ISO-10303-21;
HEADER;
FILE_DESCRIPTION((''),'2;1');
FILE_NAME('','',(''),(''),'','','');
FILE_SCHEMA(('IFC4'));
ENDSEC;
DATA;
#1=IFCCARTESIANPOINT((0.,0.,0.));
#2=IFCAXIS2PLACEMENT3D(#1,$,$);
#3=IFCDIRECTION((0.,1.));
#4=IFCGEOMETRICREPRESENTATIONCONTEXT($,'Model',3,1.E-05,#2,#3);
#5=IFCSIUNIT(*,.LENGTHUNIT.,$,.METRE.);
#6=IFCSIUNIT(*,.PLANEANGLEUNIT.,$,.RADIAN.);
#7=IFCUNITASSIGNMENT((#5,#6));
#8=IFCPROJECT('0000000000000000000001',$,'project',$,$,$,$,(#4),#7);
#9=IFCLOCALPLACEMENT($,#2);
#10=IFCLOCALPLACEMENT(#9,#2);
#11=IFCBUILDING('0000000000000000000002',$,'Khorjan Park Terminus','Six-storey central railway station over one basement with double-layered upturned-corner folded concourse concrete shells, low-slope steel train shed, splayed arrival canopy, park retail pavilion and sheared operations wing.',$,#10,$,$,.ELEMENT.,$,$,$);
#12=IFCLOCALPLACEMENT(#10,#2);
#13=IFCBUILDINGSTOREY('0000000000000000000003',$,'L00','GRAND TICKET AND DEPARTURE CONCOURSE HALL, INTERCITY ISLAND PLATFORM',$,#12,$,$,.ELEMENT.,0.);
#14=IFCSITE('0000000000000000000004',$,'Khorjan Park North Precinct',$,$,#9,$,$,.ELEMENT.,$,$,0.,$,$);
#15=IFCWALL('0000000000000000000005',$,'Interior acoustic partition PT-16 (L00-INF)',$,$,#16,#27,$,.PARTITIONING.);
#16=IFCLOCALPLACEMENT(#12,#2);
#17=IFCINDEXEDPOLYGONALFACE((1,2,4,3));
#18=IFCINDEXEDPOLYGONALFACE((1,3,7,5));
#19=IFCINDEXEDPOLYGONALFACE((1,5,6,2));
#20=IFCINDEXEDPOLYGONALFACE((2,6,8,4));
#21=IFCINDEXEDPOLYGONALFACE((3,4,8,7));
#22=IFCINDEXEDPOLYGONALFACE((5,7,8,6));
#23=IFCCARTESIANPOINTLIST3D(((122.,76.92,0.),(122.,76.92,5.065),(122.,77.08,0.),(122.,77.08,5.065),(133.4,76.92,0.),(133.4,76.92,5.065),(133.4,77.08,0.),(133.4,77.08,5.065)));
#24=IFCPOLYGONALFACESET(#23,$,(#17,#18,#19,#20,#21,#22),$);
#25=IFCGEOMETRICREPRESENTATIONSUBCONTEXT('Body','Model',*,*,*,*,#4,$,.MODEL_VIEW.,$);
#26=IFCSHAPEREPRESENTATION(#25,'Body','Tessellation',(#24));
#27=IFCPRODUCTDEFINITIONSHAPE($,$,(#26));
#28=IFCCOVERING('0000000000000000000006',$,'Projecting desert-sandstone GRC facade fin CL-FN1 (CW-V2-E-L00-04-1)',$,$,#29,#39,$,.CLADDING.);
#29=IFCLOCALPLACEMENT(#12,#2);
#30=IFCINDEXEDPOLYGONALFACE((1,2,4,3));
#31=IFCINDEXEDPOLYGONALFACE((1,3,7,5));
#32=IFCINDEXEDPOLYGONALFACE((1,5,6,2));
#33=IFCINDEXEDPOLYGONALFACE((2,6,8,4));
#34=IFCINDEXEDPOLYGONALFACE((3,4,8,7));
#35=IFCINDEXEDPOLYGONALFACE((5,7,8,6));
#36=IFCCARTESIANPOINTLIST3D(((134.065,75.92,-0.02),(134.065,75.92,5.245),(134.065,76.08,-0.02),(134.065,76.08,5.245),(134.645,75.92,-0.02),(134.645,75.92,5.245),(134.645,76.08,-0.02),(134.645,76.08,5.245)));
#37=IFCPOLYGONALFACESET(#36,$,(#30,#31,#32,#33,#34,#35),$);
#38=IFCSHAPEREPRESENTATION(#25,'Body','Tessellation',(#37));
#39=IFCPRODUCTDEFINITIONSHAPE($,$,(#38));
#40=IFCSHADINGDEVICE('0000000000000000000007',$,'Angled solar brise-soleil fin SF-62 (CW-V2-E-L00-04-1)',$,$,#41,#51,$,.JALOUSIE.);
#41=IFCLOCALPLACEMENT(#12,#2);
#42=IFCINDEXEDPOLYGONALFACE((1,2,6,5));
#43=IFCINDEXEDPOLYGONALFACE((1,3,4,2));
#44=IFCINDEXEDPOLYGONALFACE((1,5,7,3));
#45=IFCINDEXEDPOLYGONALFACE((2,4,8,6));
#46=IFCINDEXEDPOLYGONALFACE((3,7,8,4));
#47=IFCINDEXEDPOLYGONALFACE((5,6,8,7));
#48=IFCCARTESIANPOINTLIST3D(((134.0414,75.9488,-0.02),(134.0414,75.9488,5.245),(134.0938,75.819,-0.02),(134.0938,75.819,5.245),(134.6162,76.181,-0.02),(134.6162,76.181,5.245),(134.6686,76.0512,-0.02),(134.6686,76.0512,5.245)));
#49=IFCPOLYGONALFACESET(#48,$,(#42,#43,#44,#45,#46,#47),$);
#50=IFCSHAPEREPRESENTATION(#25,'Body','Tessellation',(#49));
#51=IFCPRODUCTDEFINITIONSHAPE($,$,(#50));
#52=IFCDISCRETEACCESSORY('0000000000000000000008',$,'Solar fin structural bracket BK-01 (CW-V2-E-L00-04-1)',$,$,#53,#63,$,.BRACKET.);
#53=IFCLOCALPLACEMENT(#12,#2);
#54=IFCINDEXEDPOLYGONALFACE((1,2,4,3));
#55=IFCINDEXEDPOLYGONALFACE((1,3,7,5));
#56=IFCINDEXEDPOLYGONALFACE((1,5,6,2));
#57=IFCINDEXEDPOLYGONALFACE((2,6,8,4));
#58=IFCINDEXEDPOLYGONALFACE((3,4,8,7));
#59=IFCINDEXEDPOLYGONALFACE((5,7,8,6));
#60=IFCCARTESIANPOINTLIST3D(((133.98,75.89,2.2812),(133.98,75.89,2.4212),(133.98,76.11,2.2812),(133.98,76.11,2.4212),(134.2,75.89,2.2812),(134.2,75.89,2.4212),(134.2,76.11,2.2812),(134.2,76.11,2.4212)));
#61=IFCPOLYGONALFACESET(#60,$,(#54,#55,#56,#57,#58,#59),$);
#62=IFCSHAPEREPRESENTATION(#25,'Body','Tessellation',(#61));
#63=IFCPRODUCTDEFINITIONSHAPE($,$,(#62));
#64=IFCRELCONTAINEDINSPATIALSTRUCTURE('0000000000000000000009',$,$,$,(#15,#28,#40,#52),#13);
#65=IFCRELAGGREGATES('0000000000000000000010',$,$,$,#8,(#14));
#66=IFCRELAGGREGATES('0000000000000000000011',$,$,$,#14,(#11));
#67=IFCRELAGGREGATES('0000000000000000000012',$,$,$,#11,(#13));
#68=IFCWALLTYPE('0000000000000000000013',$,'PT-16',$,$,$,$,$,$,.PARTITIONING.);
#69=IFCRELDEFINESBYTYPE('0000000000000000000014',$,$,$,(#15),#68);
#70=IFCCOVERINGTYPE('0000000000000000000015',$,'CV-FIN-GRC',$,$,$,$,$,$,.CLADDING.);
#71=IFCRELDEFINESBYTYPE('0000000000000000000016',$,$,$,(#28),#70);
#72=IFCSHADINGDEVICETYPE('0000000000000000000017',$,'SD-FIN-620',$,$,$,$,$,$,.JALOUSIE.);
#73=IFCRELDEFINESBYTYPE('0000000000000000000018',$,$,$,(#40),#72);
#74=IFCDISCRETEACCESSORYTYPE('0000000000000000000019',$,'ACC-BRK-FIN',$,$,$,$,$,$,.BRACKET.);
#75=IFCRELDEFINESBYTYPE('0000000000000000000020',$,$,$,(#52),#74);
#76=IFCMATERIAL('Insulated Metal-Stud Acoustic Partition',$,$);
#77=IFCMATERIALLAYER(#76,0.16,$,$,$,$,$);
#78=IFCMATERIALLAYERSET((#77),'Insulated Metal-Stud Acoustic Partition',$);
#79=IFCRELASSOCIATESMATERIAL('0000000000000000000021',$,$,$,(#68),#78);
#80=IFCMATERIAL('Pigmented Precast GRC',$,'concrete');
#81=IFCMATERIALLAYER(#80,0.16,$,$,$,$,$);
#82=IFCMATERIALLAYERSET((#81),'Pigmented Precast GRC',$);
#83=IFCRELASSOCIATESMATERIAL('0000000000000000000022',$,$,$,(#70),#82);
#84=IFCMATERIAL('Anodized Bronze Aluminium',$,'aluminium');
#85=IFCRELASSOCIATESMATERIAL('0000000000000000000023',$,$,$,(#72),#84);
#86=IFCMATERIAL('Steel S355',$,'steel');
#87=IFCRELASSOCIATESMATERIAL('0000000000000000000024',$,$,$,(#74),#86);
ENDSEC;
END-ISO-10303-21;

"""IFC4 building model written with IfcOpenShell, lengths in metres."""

from ifc_helpers import new_model, si_unit, direction, frame, frame_2d, origin, origin_2d, place, context, subcontext, project, spatial, rectangle, extrude, material, layer, layer_set, type_object, element, save


model = new_model("IFC4")

# Units and contexts
model_context = context("Model", 3, precision=1e-05, world=origin(), true_north=direction((0.0, 1.0)))
body_context = subcontext(model_context, "Body", "Model", "MODEL_VIEW")
ifc_project = project(units=[si_unit("LENGTHUNIT", "METRE"), si_unit("PLANEANGLEUNIT", "RADIAN")], contexts=[model_context])

# Site, building, storey
site_placement = place(None, origin())
site = spatial("IfcSite", under=ifc_project, at=site_placement, Name="Khorjan Park North Precinct", CompositionType="ELEMENT", RefElevation=0.0)
building_placement = place(site_placement, origin())
building = spatial("IfcBuilding", under=site, at=building_placement, Name="Khorjan Park Terminus", Description="Six-storey central railway station over one basement with double-layered upturned-corner folded concourse concrete shells, low-slope steel train shed, splayed arrival canopy, park retail pavilion and sheared operations wing.", CompositionType="ELEMENT")
storey_placement = place(building_placement, origin())
storey = spatial("IfcBuildingStorey", under=building, at=storey_placement, Name="L00", Description="GRAND TICKET AND DEPARTURE CONCOURSE HALL, INTERCITY ISLAND PLATFORM", CompositionType="ELEMENT", Elevation=0.0)

# Shared definitions
ifc_material_1 = material(Name="Steel S355", Category="steel")

# Shared definitions
ifc_material_2 = material(Name="Anodized Bronze Aluminium", Category="aluminium")

# Wall
ifc_material_3 = material(Name="Insulated Metal-Stud Acoustic Partition")
ifc_layer_1 = layer(ifc_material_3, 0.16)
ifc_layer_set_1 = layer_set([ifc_layer_1], Name="Insulated Metal-Stud Acoustic Partition")
wall_type = type_object("IfcWallType", Name="PT-16", PredefinedType="PARTITIONING", material=ifc_layer_set_1)
wall_placement = place(storey_placement, frame((133.4, 77.0, 0.0), z_axis=(0.0, 0.0, 1.0), x_axis=(-1.0, 0.0, 0.0)))
element("IfcWall", 1, at=wall_placement, inside=storey, type_object=wall_type, Name="Interior acoustic partition PT-16 (L00-INF)", PredefinedType="PARTITIONING", context=body_context, shape_type="SweptSolid", body=[
    extrude(rectangle(XDim=11.4, YDim=0.16, at=frame_2d((5.7, 0.0))), origin(), (0.0, 0.0, 1.0), 5.065),
])

# Covering
ifc_material_4 = material(Name="Pigmented Precast GRC", Category="concrete")
ifc_layer_2 = layer(ifc_material_4, 0.16)
ifc_layer_set_2 = layer_set([ifc_layer_2], Name="Pigmented Precast GRC")
covering_type = type_object("IfcCoveringType", Name="CV-FIN-GRC", PredefinedType="CLADDING", material=ifc_layer_set_2)
covering_placement = place(storey_placement, frame((134.355, 76.0, -0.02), z_axis=(0.0, 0.0, 1.0), x_axis=(-1.0, 0.0, 0.0)))
element("IfcCovering", 2, at=covering_placement, inside=storey, type_object=covering_type, Name="Projecting desert-sandstone GRC facade fin CL-FN1 (CW-V2-E-L00-04-1)", PredefinedType="CLADDING", context=body_context, shape_type="SweptSolid", body=[
    extrude(rectangle(XDim=0.58, YDim=0.16, at=origin_2d()), origin(), (0.0, 0.0, 1.0), 5.265),
])

# Shading device
shading_device_type = type_object("IfcShadingDeviceType", Name="SD-FIN-620", PredefinedType="JALOUSIE", material=ifc_material_2)
shading_device_placement = place(storey_placement, frame((134.355, 76.0, -0.02), z_axis=(0.0, 0.0, 1.0), x_axis=(-0.927184, -0.374607, 0.0)))
element("IfcShadingDevice", 3, at=shading_device_placement, inside=storey, type_object=shading_device_type, Name="Angled solar brise-soleil fin SF-62 (CW-V2-E-L00-04-1)", PredefinedType="JALOUSIE", context=body_context, shape_type="SweptSolid", body=[
    extrude(rectangle(XDim=0.62, YDim=0.14, at=origin_2d()), origin(), (0.0, 0.0, 1.0), 5.265),
])

# Discrete accessory
discrete_accessory_type = type_object("IfcDiscreteAccessoryType", Name="ACC-BRK-FIN", PredefinedType="BRACKET", material=ifc_material_1)
discrete_accessory_placement = place(storey_placement, frame((134.09, 76.0, 2.2812), z_axis=(0.0, 0.0, 1.0), x_axis=(0.0, 1.0, 0.0)))
element("IfcDiscreteAccessory", 4, at=discrete_accessory_placement, inside=storey, type_object=discrete_accessory_type, Name="Solar fin structural bracket BK-01 (CW-V2-E-L00-04-1)", PredefinedType="BRACKET", context=body_context, shape_type="SweptSolid", body=[
    extrude(rectangle(XDim=0.22, YDim=0.22, at=origin_2d()), origin(), (0.0, 0.0, 1.0), 0.14),
])

save(model, "model.ifc")
